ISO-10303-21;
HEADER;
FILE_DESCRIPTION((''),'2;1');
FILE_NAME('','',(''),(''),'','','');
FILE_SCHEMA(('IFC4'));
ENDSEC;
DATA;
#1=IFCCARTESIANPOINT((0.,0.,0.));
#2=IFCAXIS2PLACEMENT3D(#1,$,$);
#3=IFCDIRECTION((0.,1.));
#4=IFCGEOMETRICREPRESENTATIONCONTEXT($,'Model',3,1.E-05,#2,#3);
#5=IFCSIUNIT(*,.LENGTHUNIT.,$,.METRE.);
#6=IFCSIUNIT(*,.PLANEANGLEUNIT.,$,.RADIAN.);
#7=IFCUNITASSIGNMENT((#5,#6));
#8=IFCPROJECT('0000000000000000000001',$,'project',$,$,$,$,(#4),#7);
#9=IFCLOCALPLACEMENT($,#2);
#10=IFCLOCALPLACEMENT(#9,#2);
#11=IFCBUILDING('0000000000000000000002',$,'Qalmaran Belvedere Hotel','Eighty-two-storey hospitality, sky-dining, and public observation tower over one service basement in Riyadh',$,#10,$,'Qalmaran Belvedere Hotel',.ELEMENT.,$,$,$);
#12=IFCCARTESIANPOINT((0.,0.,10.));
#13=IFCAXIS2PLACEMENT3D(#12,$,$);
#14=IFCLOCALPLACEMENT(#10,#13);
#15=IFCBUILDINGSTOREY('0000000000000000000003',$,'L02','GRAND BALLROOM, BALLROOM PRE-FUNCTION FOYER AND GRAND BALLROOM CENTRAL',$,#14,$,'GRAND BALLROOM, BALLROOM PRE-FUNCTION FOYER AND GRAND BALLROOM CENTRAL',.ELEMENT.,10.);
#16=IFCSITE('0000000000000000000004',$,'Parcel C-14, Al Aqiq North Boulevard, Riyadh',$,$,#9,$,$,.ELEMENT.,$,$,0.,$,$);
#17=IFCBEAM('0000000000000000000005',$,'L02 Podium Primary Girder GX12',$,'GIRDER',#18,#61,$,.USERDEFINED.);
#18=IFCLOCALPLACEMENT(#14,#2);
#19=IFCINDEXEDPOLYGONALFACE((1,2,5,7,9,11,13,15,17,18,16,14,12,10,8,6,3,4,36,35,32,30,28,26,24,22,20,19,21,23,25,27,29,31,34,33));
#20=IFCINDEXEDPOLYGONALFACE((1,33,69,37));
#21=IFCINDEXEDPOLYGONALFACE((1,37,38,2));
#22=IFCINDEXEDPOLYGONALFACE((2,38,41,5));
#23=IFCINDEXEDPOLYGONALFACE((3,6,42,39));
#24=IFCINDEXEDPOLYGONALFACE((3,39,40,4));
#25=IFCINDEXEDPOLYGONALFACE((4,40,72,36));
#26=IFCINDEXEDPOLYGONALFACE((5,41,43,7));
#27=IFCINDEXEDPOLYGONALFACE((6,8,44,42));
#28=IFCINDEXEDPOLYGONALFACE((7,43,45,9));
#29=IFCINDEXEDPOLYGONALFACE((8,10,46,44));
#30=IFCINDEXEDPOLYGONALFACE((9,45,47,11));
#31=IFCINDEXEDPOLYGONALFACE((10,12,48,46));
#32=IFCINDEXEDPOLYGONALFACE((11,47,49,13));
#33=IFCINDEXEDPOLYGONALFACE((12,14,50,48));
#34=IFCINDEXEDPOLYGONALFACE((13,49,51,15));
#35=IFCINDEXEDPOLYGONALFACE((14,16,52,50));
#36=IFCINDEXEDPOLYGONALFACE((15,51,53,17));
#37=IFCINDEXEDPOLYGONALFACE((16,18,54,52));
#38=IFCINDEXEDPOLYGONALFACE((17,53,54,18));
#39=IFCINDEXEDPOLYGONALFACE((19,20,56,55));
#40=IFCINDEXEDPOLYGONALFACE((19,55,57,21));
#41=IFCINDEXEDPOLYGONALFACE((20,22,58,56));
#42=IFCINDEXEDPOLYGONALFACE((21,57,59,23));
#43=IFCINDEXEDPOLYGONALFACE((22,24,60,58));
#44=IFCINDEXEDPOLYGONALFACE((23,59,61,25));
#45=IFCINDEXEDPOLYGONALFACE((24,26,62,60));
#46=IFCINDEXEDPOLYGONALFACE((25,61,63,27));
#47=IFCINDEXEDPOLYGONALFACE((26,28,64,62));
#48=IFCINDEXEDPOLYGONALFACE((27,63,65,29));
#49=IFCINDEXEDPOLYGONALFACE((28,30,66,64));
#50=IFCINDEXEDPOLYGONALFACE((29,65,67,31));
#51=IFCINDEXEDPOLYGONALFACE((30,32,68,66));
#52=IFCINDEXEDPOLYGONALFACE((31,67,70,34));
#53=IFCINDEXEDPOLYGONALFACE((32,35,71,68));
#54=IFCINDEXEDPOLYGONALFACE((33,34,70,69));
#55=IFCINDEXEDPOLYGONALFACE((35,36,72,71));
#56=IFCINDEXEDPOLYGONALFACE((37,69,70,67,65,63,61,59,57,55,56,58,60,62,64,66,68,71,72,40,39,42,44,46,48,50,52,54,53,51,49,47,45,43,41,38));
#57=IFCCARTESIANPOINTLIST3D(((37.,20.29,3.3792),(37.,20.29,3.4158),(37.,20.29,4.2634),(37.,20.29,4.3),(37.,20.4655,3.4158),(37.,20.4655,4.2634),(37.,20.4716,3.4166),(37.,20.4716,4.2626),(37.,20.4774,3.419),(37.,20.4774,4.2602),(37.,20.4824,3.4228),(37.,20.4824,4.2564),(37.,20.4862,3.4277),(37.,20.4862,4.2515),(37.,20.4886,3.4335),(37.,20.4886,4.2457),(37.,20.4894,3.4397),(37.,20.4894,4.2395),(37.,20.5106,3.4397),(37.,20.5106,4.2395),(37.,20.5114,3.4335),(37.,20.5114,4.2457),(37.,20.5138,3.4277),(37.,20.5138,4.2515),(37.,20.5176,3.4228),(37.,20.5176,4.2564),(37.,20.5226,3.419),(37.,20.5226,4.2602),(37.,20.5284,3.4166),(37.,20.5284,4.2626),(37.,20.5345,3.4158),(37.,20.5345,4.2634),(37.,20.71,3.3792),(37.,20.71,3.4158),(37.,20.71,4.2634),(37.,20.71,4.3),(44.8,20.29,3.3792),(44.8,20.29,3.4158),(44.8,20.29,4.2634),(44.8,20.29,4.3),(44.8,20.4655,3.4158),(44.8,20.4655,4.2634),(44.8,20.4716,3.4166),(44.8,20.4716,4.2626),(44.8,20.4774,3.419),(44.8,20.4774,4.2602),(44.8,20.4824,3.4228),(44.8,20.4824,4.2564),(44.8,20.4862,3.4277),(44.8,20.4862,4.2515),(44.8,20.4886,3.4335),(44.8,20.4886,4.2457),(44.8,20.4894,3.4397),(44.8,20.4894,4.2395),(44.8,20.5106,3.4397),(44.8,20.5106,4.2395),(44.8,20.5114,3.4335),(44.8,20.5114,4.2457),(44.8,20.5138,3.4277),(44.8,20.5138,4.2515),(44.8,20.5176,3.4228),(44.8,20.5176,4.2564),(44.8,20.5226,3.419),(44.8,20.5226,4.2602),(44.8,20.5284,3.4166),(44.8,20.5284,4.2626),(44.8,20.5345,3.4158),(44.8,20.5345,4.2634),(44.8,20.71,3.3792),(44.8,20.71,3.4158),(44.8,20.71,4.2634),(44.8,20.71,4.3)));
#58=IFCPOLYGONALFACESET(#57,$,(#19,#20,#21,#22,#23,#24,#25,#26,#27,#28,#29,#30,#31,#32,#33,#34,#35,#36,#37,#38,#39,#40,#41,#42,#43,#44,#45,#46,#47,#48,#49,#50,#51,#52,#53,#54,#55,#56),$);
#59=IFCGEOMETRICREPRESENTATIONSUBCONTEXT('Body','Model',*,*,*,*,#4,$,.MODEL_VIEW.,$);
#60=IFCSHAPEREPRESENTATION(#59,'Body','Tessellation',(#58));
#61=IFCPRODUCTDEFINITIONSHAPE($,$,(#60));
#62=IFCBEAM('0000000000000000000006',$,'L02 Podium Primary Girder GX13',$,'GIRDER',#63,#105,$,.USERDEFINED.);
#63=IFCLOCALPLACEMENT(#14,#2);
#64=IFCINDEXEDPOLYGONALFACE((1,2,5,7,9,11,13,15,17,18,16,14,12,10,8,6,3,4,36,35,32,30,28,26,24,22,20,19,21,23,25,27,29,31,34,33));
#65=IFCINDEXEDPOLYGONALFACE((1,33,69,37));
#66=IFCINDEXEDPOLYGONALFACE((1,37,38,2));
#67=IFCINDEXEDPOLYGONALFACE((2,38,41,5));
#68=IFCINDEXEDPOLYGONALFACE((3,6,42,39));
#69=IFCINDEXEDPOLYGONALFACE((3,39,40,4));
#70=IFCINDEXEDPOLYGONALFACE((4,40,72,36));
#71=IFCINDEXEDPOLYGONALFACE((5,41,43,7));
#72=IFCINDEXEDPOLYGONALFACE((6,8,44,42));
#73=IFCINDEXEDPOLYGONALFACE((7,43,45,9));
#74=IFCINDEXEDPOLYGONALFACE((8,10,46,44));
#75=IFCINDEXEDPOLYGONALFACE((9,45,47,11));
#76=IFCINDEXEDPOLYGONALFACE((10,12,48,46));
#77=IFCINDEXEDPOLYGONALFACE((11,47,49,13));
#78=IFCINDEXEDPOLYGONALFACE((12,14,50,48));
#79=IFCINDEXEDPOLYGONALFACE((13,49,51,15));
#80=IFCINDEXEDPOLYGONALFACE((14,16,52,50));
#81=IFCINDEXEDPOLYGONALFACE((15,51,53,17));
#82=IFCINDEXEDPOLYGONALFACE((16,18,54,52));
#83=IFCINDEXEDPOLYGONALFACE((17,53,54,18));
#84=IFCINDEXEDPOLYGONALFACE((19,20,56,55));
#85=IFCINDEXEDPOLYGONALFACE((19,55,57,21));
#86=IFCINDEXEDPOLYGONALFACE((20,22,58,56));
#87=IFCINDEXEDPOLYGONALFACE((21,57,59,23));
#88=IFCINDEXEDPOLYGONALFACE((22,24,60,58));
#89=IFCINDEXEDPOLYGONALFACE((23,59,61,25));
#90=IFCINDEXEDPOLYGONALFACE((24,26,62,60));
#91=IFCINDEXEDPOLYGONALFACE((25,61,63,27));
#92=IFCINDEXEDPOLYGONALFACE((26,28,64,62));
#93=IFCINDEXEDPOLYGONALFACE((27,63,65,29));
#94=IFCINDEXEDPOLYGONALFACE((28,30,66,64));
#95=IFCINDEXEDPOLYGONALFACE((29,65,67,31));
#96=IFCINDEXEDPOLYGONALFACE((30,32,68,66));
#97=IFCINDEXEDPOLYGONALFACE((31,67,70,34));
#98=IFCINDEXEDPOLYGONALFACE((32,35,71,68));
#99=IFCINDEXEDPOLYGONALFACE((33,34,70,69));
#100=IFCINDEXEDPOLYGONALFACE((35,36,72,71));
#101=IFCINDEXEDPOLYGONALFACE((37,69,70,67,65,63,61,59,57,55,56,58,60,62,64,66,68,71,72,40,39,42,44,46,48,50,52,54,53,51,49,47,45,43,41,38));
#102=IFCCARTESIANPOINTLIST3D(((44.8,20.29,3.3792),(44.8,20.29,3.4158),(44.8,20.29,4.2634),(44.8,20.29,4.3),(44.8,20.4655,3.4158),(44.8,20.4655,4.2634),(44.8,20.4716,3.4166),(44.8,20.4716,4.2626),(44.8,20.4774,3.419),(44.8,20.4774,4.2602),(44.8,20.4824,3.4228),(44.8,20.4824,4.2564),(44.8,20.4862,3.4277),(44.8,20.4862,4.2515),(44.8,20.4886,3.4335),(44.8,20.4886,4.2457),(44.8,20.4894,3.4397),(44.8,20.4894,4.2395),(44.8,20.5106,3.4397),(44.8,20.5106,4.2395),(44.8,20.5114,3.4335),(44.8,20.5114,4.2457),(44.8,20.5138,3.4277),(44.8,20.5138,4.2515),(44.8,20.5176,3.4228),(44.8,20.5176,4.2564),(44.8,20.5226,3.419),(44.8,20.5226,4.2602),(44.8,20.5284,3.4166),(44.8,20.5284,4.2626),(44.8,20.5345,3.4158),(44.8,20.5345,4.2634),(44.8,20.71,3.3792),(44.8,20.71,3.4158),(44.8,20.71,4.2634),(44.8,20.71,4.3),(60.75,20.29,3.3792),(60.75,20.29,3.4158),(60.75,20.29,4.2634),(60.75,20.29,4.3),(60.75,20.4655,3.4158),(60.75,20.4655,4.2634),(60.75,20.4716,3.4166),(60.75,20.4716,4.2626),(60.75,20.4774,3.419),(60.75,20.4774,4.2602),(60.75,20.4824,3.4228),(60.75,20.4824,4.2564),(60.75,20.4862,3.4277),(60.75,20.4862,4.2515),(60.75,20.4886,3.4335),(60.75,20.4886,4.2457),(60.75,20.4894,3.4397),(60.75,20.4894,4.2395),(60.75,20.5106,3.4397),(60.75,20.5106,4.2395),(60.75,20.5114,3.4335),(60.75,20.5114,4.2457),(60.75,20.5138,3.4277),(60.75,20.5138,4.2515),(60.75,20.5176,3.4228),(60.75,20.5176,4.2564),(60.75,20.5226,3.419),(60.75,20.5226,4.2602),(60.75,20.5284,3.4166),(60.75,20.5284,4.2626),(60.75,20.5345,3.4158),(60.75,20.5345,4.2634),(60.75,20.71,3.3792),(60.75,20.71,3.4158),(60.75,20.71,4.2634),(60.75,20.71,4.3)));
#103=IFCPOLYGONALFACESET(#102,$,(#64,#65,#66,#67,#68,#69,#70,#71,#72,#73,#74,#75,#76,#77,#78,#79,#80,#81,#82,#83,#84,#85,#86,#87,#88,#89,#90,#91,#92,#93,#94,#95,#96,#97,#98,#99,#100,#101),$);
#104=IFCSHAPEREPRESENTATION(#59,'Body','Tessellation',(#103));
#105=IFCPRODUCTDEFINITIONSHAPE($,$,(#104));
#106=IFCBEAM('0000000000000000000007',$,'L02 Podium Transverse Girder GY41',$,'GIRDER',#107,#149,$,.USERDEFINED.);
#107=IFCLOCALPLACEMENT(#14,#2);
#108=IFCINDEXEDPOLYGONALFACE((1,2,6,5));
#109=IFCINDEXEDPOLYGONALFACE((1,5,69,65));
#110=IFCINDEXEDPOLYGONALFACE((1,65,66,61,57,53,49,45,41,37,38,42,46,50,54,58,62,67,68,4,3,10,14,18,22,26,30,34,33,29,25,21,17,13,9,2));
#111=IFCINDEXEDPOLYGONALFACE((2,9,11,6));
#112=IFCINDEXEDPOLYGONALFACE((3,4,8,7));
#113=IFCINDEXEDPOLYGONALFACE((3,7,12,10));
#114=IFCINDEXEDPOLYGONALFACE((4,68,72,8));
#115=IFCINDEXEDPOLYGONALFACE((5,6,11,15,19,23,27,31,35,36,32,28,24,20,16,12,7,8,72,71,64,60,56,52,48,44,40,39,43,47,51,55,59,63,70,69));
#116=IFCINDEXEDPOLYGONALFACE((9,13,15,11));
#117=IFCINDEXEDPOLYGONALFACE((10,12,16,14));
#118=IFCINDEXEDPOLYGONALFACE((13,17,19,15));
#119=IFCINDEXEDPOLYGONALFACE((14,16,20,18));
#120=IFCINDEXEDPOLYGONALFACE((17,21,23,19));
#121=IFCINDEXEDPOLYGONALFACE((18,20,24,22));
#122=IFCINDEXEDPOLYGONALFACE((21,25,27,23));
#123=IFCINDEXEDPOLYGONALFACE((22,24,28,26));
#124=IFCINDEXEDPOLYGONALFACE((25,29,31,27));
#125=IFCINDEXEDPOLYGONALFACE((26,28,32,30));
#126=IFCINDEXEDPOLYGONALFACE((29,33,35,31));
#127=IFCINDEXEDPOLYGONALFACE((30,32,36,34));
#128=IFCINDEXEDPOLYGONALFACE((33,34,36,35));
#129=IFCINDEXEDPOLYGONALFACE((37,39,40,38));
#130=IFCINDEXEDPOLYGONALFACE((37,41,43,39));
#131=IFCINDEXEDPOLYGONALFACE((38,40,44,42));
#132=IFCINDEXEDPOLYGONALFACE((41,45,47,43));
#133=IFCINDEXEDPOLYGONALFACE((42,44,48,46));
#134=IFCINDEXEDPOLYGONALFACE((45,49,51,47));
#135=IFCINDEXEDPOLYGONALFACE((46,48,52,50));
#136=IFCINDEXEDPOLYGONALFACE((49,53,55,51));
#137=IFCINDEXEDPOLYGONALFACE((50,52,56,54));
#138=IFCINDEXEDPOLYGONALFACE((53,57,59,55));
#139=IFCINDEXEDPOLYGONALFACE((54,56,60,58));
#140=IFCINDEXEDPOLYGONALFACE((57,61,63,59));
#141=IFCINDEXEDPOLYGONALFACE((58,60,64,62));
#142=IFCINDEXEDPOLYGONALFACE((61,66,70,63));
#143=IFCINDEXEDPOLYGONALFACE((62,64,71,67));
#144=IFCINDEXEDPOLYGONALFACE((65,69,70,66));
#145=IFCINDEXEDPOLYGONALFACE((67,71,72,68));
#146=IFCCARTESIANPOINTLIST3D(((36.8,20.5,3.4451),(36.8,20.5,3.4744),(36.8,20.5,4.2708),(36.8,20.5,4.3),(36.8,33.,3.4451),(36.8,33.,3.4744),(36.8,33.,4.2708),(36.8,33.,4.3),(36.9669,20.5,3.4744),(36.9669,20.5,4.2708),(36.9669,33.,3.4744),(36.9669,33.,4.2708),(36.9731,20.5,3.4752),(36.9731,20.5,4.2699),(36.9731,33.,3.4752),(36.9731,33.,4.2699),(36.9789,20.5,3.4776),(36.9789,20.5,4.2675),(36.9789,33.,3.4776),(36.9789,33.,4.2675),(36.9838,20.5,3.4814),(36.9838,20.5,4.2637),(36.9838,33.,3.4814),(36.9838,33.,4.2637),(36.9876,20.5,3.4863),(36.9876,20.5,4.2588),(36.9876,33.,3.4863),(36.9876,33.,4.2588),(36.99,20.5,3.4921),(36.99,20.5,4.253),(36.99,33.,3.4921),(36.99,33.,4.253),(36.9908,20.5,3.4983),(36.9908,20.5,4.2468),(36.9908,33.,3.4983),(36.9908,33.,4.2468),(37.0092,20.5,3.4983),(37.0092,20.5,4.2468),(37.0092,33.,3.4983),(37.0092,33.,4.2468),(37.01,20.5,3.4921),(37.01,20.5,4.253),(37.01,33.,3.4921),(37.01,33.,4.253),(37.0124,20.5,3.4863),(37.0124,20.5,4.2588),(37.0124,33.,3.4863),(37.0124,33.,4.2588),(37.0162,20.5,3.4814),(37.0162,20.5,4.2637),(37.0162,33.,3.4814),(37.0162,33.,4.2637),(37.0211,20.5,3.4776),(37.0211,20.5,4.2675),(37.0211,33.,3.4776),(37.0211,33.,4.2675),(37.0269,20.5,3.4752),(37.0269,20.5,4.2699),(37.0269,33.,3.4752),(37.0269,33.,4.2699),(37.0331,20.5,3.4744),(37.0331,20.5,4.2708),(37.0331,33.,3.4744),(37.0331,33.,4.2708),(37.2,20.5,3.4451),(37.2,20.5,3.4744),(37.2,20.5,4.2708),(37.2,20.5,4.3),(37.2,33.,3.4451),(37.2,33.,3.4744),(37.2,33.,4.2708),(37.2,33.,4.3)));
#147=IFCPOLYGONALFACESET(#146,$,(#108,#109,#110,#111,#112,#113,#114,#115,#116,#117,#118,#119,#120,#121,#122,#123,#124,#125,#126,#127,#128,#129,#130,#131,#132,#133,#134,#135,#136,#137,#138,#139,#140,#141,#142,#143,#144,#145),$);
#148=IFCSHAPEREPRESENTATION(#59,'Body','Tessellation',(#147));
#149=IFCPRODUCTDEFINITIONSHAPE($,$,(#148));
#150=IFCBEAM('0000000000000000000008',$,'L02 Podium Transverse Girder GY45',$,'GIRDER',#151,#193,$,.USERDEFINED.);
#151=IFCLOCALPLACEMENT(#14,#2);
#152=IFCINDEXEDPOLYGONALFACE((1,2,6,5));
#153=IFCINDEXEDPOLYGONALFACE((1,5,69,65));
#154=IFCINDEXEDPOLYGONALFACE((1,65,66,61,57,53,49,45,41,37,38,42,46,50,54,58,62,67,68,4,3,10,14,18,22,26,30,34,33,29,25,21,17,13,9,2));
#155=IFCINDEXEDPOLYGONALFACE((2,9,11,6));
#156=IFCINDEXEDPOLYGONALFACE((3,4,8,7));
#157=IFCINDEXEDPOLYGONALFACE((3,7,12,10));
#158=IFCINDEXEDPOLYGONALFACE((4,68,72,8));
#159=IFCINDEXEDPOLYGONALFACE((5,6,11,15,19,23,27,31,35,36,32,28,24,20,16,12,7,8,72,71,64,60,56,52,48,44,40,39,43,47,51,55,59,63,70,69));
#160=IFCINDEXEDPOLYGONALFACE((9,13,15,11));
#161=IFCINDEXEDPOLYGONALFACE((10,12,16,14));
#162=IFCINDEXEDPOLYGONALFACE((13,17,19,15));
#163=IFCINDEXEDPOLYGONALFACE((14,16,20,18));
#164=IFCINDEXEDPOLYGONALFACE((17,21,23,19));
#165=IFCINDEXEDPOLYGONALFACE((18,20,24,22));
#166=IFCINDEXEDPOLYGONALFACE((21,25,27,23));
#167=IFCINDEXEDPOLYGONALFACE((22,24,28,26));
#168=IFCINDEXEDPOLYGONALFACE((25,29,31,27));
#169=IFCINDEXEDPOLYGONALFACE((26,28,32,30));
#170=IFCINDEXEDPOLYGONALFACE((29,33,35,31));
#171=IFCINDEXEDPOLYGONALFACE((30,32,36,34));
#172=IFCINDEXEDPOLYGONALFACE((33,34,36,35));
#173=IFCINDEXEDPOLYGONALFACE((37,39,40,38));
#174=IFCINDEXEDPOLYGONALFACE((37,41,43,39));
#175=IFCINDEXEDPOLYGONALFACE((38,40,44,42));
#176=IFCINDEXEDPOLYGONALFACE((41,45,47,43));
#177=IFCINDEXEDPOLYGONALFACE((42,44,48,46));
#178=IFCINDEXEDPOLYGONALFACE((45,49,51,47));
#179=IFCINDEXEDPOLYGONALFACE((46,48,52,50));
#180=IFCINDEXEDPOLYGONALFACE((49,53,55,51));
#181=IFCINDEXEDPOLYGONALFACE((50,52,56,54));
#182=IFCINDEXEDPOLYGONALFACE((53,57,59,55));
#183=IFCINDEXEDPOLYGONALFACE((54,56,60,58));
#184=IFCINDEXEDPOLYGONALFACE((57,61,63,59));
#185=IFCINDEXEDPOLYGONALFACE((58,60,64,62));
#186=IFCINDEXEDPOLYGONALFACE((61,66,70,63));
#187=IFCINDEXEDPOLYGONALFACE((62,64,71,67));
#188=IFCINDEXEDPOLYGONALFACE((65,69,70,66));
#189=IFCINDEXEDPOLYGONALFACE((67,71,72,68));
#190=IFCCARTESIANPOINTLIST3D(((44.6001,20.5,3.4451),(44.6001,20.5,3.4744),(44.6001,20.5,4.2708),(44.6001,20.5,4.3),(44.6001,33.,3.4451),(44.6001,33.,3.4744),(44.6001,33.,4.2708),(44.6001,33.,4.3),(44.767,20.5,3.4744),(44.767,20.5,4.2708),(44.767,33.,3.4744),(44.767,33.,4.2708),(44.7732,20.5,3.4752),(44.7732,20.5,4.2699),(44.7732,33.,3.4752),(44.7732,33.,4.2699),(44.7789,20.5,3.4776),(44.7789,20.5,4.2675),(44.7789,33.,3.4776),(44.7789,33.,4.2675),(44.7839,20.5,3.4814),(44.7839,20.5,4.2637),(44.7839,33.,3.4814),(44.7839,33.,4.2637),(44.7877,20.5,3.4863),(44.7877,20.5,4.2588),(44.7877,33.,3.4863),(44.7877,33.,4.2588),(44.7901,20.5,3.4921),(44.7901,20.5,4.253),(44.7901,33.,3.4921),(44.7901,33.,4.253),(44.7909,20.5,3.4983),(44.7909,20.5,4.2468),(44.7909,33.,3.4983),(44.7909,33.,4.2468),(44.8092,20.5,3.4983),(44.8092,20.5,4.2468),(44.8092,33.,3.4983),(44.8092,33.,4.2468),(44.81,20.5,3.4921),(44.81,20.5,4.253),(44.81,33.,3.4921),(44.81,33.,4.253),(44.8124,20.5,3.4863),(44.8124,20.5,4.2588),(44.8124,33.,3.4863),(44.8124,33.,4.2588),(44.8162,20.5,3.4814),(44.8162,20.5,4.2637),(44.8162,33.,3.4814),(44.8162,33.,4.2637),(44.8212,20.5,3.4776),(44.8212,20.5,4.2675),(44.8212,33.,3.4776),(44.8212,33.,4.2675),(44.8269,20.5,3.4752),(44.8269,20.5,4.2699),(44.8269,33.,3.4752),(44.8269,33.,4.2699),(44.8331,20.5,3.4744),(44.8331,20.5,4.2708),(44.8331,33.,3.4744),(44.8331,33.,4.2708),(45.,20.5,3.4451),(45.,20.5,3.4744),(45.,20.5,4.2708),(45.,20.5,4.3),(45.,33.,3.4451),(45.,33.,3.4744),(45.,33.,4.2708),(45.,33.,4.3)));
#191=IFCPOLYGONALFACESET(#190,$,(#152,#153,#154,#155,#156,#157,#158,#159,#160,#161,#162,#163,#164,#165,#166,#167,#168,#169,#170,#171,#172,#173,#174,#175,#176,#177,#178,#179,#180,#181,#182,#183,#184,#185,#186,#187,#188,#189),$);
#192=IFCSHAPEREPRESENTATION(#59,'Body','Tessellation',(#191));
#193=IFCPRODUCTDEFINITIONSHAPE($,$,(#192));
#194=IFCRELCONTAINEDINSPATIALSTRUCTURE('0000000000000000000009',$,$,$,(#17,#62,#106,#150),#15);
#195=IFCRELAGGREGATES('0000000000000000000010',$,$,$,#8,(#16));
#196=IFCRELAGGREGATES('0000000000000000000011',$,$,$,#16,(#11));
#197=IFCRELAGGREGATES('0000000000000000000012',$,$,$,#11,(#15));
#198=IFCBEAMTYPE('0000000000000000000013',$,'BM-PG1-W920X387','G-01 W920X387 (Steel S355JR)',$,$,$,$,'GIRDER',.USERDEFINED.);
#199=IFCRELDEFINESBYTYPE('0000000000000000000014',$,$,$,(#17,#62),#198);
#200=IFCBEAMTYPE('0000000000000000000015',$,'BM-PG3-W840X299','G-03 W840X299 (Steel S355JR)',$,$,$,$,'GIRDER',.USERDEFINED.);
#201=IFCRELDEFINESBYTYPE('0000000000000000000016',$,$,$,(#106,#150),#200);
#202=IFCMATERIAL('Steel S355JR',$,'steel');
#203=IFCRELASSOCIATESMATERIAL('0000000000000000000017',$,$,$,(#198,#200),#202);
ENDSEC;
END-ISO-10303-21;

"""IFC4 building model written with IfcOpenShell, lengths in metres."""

from ifc_helpers import new_model, si_unit, direction, frame, origin, origin_2d, place, context, subcontext, project, spatial, i_section, extrude, material, material_profile, profile_set, type_object, element, save


model = new_model("IFC4")

# Units and contexts
model_context = context("Model", 3, precision=1e-05, world=origin(), true_north=direction((0.0, 1.0)))
body_context = subcontext(model_context, "Body", "Model", "MODEL_VIEW")
ifc_project = project(units=[si_unit("LENGTHUNIT", "METRE"), si_unit("PLANEANGLEUNIT", "RADIAN")], contexts=[model_context])

# Site, building, storey
site_placement = place(None, origin())
site = spatial("IfcSite", under=ifc_project, at=site_placement, Name="Parcel C-14, Al Aqiq North Boulevard, Riyadh", CompositionType="ELEMENT", RefElevation=0.0)
building_placement = place(site_placement, origin())
building = spatial("IfcBuilding", under=site, at=building_placement, Name="Qalmaran Belvedere Hotel", Description="Eighty-two-storey hospitality, sky-dining, and public observation tower over one service basement in Riyadh", LongName="Qalmaran Belvedere Hotel", CompositionType="ELEMENT")
storey_placement = place(building_placement, frame((0.0, 0.0, 10.0)))
storey = spatial("IfcBuildingStorey", under=building, at=storey_placement, Name="L02", Description="GRAND BALLROOM, BALLROOM PRE-FUNCTION FOYER AND GRAND BALLROOM CENTRAL", LongName="GRAND BALLROOM, BALLROOM PRE-FUNCTION FOYER AND GRAND BALLROOM CENTRAL", CompositionType="ELEMENT", Elevation=10.0)

# Beams
ifc_material_1 = material(Name="Steel S355JR", Category="steel")
ifc_material_profile_1 = material_profile(ifc_material_1, i_section(OverallWidth=0.4199, OverallDepth=0.9209, WebThickness=0.0212, FlangeThickness=0.0366, FilletRadius=0.0239, at=origin_2d()), Name="W920X387")
ifc_profile_set_1 = profile_set([ifc_material_profile_1], Name="Steel S355JR")
beam_type_1 = type_object("IfcBeamType", Name="BM-PG1-W920X387", Description="G-01 W920X387 (Steel S355JR)", ElementType="GIRDER", PredefinedType="USERDEFINED", material=ifc_profile_set_1)
beam_1_placement = place(storey_placement, frame((37.0, 20.5, 3.8396), z_axis=(1.0, 0.0, 0.0), x_axis=(0.0, 1.0, 0.0)))
element("IfcBeam", 1, at=beam_1_placement, inside=storey, type_object=beam_type_1, Name="L02 Podium Primary Girder GX12", ObjectType="GIRDER", PredefinedType="USERDEFINED", context=body_context, shape_type="SweptSolid", body=[
    extrude(i_section(OverallWidth=0.4199, OverallDepth=0.9209, WebThickness=0.0212, FlangeThickness=0.0366, FilletRadius=0.0239, at=origin_2d()), origin(), (0.0, 0.0, 1.0), 7.8),
])
beam_2_placement = place(storey_placement, frame((44.8, 20.5, 3.8396), z_axis=(1.0, 0.0, 0.0), x_axis=(0.0, 1.0, 0.0)))
element("IfcBeam", 2, at=beam_2_placement, inside=storey, type_object=beam_type_1, Name="L02 Podium Primary Girder GX13", ObjectType="GIRDER", PredefinedType="USERDEFINED", context=body_context, shape_type="SweptSolid", body=[
    extrude(i_section(OverallWidth=0.4199, OverallDepth=0.9209, WebThickness=0.0212, FlangeThickness=0.0366, FilletRadius=0.0239, at=origin_2d()), origin(), (0.0, 0.0, 1.0), 15.95),
])
ifc_material_profile_2 = material_profile(ifc_material_1, i_section(OverallWidth=0.3999, OverallDepth=0.855, WebThickness=0.0183, FlangeThickness=0.0293, FilletRadius=0.0239, at=origin_2d()), Name="W840X299")
ifc_profile_set_2 = profile_set([ifc_material_profile_2], Name="Steel S355JR")
beam_type_2 = type_object("IfcBeamType", Name="BM-PG3-W840X299", Description="G-03 W840X299 (Steel S355JR)", ElementType="GIRDER", PredefinedType="USERDEFINED", material=ifc_profile_set_2)
for number, where, z_axis, x_axis, name in (
    (3, (37.0, 20.5, 3.8726), (0.0, 1.0, 0.0), (-1.0, 0.0, 0.0), "L02 Podium Transverse Girder GY41"),
    (4, (44.8, 20.5, 3.8726), (0.0, 1.0, 0.0), (-1.0, 0.0, 0.0), "L02 Podium Transverse Girder GY45"),
):
    element("IfcBeam", number, at=place(storey_placement, frame(where, z_axis=z_axis, x_axis=x_axis)), inside=storey, type_object=beam_type_2, Name=name, ObjectType="GIRDER", PredefinedType="USERDEFINED", context=body_context, shape_type="SweptSolid", body=[
        extrude(i_section(OverallWidth=0.3999, OverallDepth=0.855, WebThickness=0.0183, FlangeThickness=0.0293, FilletRadius=0.0239, at=origin_2d()), origin(), (0.0, 0.0, 1.0), 12.5),
    ])

save(model, "model.ifc")
